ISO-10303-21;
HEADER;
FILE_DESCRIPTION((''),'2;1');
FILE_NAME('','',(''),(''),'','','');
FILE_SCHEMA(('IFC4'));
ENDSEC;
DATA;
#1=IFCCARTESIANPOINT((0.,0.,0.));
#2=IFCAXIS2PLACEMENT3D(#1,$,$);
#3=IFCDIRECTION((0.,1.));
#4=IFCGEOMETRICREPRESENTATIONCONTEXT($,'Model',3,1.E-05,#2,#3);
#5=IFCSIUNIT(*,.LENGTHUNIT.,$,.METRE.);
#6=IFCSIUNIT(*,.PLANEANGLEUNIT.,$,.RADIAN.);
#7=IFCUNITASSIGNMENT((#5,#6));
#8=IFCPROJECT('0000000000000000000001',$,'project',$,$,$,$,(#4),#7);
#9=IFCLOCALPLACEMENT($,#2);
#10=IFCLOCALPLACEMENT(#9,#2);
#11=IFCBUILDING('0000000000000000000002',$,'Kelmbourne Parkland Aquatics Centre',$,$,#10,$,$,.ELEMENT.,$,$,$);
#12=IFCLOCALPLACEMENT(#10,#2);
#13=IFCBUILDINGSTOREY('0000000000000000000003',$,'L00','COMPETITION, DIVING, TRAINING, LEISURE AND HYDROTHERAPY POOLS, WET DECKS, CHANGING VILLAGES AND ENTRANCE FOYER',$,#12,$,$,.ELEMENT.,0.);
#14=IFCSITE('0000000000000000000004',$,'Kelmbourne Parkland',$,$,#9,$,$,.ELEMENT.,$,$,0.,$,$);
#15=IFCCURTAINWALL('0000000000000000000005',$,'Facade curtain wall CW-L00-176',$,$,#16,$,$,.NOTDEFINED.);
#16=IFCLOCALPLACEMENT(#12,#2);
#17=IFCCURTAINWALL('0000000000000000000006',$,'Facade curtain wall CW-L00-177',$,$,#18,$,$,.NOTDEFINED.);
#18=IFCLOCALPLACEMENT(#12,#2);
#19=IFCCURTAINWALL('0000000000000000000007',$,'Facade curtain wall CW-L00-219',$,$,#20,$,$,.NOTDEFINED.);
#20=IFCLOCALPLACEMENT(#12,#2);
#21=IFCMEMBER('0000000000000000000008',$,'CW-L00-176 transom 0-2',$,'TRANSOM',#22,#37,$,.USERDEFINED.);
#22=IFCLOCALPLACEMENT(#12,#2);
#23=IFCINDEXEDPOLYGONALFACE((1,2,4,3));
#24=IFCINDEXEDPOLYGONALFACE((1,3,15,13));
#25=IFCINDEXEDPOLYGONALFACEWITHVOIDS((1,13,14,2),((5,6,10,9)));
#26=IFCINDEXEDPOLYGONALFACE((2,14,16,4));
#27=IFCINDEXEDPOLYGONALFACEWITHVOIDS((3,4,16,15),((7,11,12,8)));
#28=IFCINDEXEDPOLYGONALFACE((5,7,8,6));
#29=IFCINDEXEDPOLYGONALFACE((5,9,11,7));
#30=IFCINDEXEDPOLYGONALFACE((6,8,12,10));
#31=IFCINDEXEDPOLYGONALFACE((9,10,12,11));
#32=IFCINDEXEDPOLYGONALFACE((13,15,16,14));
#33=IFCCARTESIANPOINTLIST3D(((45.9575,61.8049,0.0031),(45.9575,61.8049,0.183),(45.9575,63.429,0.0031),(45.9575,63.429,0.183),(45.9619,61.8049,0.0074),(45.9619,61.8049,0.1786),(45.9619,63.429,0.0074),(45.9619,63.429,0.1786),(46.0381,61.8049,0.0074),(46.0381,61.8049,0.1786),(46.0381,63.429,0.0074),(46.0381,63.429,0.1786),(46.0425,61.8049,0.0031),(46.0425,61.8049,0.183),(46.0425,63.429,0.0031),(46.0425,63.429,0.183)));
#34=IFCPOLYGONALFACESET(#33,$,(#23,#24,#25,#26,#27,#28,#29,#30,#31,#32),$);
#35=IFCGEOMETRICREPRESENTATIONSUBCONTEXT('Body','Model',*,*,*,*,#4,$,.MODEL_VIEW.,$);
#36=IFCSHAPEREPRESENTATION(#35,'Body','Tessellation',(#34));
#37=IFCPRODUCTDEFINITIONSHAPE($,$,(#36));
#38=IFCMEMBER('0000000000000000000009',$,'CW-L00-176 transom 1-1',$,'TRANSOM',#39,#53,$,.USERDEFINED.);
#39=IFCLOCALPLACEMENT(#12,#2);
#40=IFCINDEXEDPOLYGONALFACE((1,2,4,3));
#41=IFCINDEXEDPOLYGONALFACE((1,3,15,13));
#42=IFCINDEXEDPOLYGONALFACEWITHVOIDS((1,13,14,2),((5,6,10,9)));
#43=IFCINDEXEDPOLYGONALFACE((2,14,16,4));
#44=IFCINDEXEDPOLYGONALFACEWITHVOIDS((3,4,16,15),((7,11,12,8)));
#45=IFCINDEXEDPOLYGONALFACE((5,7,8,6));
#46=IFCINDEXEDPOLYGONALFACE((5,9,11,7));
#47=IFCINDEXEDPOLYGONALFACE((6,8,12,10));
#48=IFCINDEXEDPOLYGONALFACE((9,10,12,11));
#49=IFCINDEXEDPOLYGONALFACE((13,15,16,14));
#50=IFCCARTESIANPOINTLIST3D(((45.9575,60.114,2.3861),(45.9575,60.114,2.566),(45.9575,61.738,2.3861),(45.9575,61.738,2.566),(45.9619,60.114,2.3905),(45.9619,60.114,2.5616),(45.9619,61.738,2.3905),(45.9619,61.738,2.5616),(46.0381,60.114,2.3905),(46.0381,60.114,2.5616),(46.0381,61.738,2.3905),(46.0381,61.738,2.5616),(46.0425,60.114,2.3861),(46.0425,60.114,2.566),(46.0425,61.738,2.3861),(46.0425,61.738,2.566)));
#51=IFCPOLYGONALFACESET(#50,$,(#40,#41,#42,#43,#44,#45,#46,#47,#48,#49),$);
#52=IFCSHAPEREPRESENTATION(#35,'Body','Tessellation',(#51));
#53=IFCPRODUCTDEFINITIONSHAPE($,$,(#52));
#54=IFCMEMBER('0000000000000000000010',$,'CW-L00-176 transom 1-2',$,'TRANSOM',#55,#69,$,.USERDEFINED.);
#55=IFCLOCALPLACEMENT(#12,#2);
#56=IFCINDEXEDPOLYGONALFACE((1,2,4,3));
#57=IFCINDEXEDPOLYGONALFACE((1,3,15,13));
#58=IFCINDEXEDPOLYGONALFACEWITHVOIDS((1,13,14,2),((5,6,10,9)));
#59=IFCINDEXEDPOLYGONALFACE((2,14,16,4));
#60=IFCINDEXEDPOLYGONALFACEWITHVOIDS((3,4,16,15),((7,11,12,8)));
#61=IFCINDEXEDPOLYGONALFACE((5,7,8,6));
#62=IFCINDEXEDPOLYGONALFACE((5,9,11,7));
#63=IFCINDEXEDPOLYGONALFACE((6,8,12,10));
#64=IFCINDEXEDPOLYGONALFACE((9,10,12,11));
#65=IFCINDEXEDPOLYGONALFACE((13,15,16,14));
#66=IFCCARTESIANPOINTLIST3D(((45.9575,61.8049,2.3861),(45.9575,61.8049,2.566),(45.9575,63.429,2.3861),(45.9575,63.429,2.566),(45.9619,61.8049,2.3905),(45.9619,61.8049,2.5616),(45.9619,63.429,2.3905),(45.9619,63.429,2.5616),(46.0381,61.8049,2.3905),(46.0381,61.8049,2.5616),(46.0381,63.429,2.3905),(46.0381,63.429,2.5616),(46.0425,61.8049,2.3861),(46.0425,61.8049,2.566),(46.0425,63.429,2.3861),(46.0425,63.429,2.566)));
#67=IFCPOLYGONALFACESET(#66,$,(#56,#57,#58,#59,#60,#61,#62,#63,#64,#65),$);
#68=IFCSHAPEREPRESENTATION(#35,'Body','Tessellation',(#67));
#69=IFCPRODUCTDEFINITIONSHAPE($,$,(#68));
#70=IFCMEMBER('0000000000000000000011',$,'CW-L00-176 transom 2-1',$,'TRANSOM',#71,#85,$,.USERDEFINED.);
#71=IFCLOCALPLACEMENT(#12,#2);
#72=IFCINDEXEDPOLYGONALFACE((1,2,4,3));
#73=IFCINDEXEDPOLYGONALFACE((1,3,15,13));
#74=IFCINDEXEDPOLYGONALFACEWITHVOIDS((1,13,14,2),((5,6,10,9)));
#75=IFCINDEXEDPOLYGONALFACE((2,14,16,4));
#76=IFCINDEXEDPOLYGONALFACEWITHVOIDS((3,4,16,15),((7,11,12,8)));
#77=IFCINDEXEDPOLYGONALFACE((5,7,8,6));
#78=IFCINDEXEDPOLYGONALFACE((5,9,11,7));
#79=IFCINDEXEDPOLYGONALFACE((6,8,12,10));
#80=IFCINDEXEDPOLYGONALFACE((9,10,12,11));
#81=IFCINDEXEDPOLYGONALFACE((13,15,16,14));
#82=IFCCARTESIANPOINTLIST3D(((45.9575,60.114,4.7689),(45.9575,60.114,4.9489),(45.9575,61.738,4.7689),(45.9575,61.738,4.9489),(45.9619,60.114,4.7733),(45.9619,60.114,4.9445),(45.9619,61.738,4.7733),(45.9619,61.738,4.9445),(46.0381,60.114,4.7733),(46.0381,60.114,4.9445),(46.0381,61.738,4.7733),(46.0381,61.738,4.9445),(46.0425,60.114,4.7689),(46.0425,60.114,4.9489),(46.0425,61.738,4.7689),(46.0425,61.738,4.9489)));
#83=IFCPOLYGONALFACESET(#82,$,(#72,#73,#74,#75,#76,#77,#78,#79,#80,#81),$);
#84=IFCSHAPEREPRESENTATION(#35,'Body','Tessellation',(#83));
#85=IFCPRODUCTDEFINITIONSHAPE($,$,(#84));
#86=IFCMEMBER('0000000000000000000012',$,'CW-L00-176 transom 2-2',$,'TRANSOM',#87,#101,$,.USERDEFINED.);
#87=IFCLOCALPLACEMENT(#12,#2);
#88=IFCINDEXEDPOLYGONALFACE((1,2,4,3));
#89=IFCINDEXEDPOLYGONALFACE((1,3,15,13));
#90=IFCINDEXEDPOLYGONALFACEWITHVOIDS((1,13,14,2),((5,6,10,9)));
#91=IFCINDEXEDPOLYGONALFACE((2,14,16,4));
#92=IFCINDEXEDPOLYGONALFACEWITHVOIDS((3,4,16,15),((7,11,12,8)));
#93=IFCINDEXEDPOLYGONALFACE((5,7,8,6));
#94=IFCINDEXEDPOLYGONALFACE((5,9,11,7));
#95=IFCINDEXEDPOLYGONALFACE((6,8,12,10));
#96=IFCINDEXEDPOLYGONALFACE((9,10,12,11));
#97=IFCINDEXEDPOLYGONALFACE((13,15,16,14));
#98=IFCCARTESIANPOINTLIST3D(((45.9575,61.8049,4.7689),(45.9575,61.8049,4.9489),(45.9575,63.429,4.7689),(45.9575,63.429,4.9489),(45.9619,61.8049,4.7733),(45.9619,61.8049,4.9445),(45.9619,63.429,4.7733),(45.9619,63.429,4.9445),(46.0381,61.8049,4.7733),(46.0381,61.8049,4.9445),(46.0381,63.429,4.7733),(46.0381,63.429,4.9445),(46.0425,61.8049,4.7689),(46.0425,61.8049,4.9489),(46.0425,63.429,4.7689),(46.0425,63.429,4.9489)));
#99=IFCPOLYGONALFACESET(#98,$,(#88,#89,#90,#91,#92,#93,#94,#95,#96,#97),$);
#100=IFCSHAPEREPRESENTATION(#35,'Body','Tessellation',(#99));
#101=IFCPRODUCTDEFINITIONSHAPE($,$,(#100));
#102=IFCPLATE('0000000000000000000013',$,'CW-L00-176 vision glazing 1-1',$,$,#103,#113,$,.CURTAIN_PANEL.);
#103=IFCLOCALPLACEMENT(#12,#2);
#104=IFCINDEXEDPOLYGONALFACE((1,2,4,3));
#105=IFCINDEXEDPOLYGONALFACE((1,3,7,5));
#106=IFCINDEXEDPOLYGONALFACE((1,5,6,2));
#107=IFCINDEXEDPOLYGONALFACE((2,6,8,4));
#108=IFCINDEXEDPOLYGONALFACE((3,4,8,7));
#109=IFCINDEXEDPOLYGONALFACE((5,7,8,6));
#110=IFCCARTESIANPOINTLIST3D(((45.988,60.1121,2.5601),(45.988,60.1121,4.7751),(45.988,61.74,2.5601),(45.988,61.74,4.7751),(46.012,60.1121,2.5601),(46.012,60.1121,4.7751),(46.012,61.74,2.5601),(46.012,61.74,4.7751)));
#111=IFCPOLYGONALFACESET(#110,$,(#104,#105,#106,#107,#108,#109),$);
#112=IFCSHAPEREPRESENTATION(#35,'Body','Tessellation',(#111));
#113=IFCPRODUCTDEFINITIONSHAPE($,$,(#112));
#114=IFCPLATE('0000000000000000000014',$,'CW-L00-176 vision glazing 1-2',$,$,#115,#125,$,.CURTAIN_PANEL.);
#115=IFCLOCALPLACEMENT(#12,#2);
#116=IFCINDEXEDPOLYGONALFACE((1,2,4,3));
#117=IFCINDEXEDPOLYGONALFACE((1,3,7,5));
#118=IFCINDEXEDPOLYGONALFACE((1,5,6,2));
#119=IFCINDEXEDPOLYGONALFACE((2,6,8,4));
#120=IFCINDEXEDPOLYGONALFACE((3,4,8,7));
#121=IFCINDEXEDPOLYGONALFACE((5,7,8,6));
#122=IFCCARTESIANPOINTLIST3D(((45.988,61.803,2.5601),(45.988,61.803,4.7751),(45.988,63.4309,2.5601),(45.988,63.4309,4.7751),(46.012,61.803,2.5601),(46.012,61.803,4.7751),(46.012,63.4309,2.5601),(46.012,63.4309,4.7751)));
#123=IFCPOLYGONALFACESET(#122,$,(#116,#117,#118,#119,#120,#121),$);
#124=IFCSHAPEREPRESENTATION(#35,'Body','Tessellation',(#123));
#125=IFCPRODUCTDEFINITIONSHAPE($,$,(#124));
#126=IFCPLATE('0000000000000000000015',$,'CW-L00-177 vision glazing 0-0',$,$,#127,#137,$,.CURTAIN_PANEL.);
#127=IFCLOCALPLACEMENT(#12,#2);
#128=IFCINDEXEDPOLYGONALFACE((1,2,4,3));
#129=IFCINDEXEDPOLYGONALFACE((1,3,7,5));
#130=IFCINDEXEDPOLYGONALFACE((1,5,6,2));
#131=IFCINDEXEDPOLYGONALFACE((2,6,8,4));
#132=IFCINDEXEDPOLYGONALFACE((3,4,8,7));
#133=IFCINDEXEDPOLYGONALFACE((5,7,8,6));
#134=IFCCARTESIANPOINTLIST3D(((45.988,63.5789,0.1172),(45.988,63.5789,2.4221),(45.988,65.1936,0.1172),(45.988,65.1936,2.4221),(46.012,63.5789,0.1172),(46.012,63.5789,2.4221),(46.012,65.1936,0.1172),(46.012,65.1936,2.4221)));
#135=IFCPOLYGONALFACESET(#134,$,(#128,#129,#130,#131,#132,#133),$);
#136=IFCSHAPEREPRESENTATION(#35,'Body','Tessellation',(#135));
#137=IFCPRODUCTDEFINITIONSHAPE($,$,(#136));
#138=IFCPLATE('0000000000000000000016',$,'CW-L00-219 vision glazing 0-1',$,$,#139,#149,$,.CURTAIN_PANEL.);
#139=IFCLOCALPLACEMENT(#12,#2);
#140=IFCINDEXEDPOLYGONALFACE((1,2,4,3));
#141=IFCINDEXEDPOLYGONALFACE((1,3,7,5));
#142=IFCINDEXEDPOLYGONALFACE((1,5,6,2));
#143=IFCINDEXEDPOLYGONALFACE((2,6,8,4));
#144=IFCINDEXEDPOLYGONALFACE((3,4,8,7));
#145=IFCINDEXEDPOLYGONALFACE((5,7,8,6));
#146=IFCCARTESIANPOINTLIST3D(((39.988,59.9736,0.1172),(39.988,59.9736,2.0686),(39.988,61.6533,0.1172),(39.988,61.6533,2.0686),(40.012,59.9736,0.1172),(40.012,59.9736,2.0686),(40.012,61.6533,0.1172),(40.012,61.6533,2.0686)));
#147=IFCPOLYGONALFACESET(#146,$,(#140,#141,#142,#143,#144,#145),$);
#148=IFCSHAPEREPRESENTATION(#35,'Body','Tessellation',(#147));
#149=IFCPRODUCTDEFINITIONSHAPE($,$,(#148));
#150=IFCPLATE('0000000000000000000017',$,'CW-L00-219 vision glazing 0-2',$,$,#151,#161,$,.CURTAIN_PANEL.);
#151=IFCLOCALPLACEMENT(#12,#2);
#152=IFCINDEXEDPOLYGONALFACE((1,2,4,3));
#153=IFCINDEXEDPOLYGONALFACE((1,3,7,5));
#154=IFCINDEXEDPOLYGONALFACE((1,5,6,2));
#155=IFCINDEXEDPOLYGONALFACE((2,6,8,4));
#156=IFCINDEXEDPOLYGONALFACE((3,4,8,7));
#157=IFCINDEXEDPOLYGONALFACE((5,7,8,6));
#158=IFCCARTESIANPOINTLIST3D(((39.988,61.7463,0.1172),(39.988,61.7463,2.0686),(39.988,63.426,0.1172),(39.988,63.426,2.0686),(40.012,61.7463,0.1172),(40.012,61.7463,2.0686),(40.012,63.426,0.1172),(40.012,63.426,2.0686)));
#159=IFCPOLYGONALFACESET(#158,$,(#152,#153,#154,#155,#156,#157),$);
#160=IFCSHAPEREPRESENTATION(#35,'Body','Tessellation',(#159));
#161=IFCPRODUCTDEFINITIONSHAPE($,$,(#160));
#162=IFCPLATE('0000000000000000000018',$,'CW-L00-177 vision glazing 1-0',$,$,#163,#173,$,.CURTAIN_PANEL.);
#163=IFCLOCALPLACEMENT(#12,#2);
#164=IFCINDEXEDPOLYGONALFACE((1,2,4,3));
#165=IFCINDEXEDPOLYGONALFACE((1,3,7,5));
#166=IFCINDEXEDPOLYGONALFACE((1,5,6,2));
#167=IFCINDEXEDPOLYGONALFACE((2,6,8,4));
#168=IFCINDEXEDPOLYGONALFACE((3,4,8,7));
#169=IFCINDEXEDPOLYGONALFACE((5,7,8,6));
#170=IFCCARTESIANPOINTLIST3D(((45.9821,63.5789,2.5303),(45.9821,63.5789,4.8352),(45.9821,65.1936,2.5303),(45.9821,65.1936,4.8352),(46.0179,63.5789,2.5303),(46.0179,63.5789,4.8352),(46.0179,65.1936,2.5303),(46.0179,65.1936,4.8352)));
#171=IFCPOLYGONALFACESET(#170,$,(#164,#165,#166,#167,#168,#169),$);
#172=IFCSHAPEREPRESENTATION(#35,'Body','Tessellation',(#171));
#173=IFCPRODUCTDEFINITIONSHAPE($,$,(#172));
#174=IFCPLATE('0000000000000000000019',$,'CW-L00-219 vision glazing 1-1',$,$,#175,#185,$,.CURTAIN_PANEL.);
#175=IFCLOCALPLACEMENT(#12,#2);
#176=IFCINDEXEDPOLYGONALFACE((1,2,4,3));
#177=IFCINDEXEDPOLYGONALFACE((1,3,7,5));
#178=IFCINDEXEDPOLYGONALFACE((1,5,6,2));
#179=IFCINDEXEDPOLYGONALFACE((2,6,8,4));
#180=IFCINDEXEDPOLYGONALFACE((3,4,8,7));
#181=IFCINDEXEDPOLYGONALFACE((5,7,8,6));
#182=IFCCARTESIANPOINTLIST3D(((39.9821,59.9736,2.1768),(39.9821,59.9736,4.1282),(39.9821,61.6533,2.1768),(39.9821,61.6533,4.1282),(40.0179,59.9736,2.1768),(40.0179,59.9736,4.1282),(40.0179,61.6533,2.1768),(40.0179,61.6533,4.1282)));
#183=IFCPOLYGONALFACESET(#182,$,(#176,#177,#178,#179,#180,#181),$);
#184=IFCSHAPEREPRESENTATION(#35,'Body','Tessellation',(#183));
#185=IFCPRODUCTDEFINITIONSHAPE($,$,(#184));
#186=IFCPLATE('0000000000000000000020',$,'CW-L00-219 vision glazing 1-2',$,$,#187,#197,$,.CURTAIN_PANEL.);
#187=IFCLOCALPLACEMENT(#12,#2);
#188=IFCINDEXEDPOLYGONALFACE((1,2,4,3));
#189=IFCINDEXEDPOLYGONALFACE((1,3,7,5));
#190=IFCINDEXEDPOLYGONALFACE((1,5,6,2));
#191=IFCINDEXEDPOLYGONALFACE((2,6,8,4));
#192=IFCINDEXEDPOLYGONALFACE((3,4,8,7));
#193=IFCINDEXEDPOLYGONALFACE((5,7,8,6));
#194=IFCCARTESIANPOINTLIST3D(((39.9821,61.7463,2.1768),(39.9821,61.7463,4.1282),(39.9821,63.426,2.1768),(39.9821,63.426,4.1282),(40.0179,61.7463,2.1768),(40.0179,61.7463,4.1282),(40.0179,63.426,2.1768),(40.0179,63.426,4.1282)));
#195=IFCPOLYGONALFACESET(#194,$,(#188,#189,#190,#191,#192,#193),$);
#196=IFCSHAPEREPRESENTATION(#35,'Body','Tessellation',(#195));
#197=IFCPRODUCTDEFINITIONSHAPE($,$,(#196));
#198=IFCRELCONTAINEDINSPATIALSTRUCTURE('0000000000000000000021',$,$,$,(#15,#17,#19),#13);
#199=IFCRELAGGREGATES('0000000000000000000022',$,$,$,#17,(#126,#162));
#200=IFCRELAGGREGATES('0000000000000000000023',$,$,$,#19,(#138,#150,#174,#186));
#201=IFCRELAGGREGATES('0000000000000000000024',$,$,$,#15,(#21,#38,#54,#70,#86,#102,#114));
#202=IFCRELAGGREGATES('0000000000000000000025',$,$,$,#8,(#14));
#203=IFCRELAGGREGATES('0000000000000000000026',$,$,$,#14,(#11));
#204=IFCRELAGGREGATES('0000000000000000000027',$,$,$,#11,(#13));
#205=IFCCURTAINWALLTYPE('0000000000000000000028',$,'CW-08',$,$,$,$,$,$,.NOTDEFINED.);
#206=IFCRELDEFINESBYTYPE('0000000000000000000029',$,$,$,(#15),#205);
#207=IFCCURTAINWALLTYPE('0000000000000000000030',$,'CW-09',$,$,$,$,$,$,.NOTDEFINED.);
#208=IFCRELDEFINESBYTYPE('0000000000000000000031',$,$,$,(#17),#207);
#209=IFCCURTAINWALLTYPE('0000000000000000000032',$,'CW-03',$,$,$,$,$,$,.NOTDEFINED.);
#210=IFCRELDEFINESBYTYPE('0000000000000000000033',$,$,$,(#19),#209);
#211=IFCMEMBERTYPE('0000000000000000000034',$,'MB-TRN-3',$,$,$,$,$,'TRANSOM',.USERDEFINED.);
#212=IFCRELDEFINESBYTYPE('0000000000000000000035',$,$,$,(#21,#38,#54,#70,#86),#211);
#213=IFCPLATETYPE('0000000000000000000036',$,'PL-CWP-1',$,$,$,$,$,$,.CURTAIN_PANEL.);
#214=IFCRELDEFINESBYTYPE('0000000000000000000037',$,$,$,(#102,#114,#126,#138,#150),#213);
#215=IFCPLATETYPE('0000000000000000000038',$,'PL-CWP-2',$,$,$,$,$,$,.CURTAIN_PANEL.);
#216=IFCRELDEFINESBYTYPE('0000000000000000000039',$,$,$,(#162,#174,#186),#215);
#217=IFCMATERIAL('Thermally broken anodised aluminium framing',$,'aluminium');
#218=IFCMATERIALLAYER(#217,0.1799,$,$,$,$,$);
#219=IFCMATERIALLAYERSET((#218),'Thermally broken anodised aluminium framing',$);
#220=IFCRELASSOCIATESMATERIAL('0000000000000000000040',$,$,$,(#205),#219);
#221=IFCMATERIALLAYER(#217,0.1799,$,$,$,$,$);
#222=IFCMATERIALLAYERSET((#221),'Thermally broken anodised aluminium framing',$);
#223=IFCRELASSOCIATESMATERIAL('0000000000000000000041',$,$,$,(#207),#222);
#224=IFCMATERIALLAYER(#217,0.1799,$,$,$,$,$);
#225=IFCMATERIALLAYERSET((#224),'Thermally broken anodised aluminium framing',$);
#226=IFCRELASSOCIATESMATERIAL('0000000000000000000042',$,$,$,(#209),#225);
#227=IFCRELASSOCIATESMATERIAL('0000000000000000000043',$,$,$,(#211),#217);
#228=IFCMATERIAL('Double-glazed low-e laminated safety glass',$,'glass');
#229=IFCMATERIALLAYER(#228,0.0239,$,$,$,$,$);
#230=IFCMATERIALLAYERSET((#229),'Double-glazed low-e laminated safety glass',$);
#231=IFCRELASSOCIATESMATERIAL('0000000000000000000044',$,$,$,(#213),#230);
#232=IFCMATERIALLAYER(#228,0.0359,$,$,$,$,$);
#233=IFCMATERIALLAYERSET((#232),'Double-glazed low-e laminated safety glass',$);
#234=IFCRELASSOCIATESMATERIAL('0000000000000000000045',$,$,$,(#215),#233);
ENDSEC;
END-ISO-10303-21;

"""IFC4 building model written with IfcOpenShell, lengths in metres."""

from ifc_helpers import new_model, si_unit, direction, frame, origin, origin_2d, place, context, subcontext, project, spatial, rectangle, hollow_rectangle, extrude, material, layer, layer_set, material_profile, profile_set, type_object, element, aggregate, save


model = new_model("IFC4")

# Units and contexts
model_context = context("Model", 3, precision=1e-05, world=origin(), true_north=direction((0.0, 1.0)))
body_context = subcontext(model_context, "Body", "Model", "MODEL_VIEW")
ifc_project = project(units=[si_unit("LENGTHUNIT", "METRE"), si_unit("PLANEANGLEUNIT", "RADIAN")], contexts=[model_context])

# Site, building, storey
site_placement = place(None, origin())
site = spatial("IfcSite", under=ifc_project, at=site_placement, Name="Kelmbourne Parkland", CompositionType="ELEMENT", RefElevation=0.0)
building_placement = place(site_placement, origin())
building = spatial("IfcBuilding", under=site, at=building_placement, Name="Kelmbourne Parkland Aquatics Centre", CompositionType="ELEMENT")
storey_placement = place(building_placement, origin())
storey = spatial("IfcBuildingStorey", under=building, at=storey_placement, Name="L00", Description="COMPETITION, DIVING, TRAINING, LEISURE AND HYDROTHERAPY POOLS, WET DECKS, CHANGING VILLAGES AND ENTRANCE FOYER", CompositionType="ELEMENT", Elevation=0.0)

# Shared definitions
ifc_material_1 = material(Name="Thermally broken anodised aluminium framing", Category="aluminium")

# Curtain walls
ifc_layer_1 = layer(ifc_material_1, 0.1799)
ifc_layer_set_1 = layer_set([ifc_layer_1], Name="Thermally broken anodised aluminium framing")
curtain_wall_type_1 = type_object("IfcCurtainWallType", Name="CW-08", PredefinedType="NOTDEFINED", material=ifc_layer_set_1)
curtain_wall_1_placement = place(storey_placement, origin())
curtain_wall_1 = element("IfcCurtainWall", 1, at=curtain_wall_1_placement, inside=storey, type_object=curtain_wall_type_1, Name="Facade curtain wall CW-L00-176", PredefinedType="NOTDEFINED")
ifc_layer_2 = layer(ifc_material_1, 0.1799)
ifc_layer_set_2 = layer_set([ifc_layer_2], Name="Thermally broken anodised aluminium framing")
curtain_wall_type_2 = type_object("IfcCurtainWallType", Name="CW-09", PredefinedType="NOTDEFINED", material=ifc_layer_set_2)
curtain_wall_2_placement = place(storey_placement, origin())
curtain_wall_2 = element("IfcCurtainWall", 2, at=curtain_wall_2_placement, inside=storey, type_object=curtain_wall_type_2, Name="Facade curtain wall CW-L00-177", PredefinedType="NOTDEFINED")
ifc_layer_3 = layer(ifc_material_1, 0.1799)
ifc_layer_set_3 = layer_set([ifc_layer_3], Name="Thermally broken anodised aluminium framing")
curtain_wall_type_3 = type_object("IfcCurtainWallType", Name="CW-03", PredefinedType="NOTDEFINED", material=ifc_layer_set_3)
curtain_wall_3_placement = place(storey_placement, origin())
curtain_wall_3 = element("IfcCurtainWall", 3, at=curtain_wall_3_placement, inside=storey, type_object=curtain_wall_type_3, Name="Facade curtain wall CW-L00-219", PredefinedType="NOTDEFINED")

# Members
ifc_material_profile_1 = material_profile(ifc_material_1, hollow_rectangle(XDim=0.085, YDim=0.1799, WallThickness=0.0044, at=origin_2d()), Name="CW-T 85x180")
ifc_profile_set_1 = profile_set([ifc_material_profile_1], Name="Thermally broken anodised aluminium framing")
member_type_1 = type_object("IfcMemberType", Name="MB-TRN-3", ElementType="TRANSOM", PredefinedType="USERDEFINED", material=ifc_profile_set_1)
member_1_placement = place(storey_placement, frame((46.0, 61.8049, 0.093), z_axis=(0.0, 1.0, 0.0), x_axis=(-1.0, 0.0, 0.0)))
member_1 = element("IfcMember", 4, at=member_1_placement, type_object=member_type_1, Name="CW-L00-176 transom 0-2", ObjectType="TRANSOM", PredefinedType="USERDEFINED", context=body_context, shape_type="SweptSolid", body=[
    extrude(hollow_rectangle(XDim=0.085, YDim=0.1799, WallThickness=0.0044, at=origin_2d()), origin(), (0.0, 0.0, 1.0), 1.624),
])
member_2_placement = place(storey_placement, frame((46.0, 60.114, 2.4761), z_axis=(0.0, 1.0, 0.0), x_axis=(-1.0, 0.0, 0.0)))
member_2 = element("IfcMember", 5, at=member_2_placement, type_object=member_type_1, Name="CW-L00-176 transom 1-1", ObjectType="TRANSOM", PredefinedType="USERDEFINED", context=body_context, shape_type="SweptSolid", body=[
    extrude(hollow_rectangle(XDim=0.085, YDim=0.1799, WallThickness=0.0044, at=origin_2d()), origin(), (0.0, 0.0, 1.0), 1.624),
])
member_3_placement = place(storey_placement, frame((46.0, 61.8049, 2.4761), z_axis=(0.0, 1.0, 0.0), x_axis=(-1.0, 0.0, 0.0)))
member_3 = element("IfcMember", 6, at=member_3_placement, type_object=member_type_1, Name="CW-L00-176 transom 1-2", ObjectType="TRANSOM", PredefinedType="USERDEFINED", context=body_context, shape_type="SweptSolid", body=[
    extrude(hollow_rectangle(XDim=0.085, YDim=0.1799, WallThickness=0.0044, at=origin_2d()), origin(), (0.0, 0.0, 1.0), 1.624),
])
member_4_placement = place(storey_placement, frame((46.0, 60.114, 4.8589), z_axis=(0.0, 1.0, 0.0), x_axis=(-1.0, 0.0, 0.0)))
member_4 = element("IfcMember", 7, at=member_4_placement, type_object=member_type_1, Name="CW-L00-176 transom 2-1", ObjectType="TRANSOM", PredefinedType="USERDEFINED", context=body_context, shape_type="SweptSolid", body=[
    extrude(hollow_rectangle(XDim=0.085, YDim=0.1799, WallThickness=0.0044, at=origin_2d()), origin(), (0.0, 0.0, 1.0), 1.624),
])
member_5_placement = place(storey_placement, frame((46.0, 61.8049, 4.8589), z_axis=(0.0, 1.0, 0.0), x_axis=(-1.0, 0.0, 0.0)))
member_5 = element("IfcMember", 8, at=member_5_placement, type_object=member_type_1, Name="CW-L00-176 transom 2-2", ObjectType="TRANSOM", PredefinedType="USERDEFINED", context=body_context, shape_type="SweptSolid", body=[
    extrude(hollow_rectangle(XDim=0.085, YDim=0.1799, WallThickness=0.0044, at=origin_2d()), origin(), (0.0, 0.0, 1.0), 1.624),
])

# Plates
ifc_material_2 = material(Name="Double-glazed low-e laminated safety glass", Category="glass")
ifc_layer_4 = layer(ifc_material_2, 0.0239)
ifc_layer_set_4 = layer_set([ifc_layer_4], Name="Double-glazed low-e laminated safety glass")
plate_type_1 = type_object("IfcPlateType", Name="PL-CWP-1", PredefinedType="CURTAIN_PANEL", material=ifc_layer_set_4)
plate_1_placement = place(storey_placement, frame((46.0, 60.926, 2.5601), z_axis=(0.0, 0.0, 1.0), x_axis=(0.0, 1.0, 0.0)))
plate_1 = element("IfcPlate", 9, at=plate_1_placement, type_object=plate_type_1, Name="CW-L00-176 vision glazing 1-1", PredefinedType="CURTAIN_PANEL", context=body_context, shape_type="SweptSolid", body=[
    extrude(rectangle(XDim=1.6279, YDim=0.0239, at=origin_2d()), origin(), (0.0, 0.0, 1.0), 2.2151),
])
plate_2_placement = place(storey_placement, frame((46.0, 62.6169, 2.5601), z_axis=(0.0, 0.0, 1.0), x_axis=(0.0, 1.0, 0.0)))
plate_2 = element("IfcPlate", 10, at=plate_2_placement, type_object=plate_type_1, Name="CW-L00-176 vision glazing 1-2", PredefinedType="CURTAIN_PANEL", context=body_context, shape_type="SweptSolid", body=[
    extrude(rectangle(XDim=1.6279, YDim=0.0239, at=origin_2d()), origin(), (0.0, 0.0, 1.0), 2.2151),
])
plate_3_placement = place(storey_placement, frame((46.0, 64.3862, 0.1172), z_axis=(0.0, 0.0, 1.0), x_axis=(0.0, 1.0, 0.0)))
plate_3 = element("IfcPlate", 11, at=plate_3_placement, type_object=plate_type_1, Name="CW-L00-177 vision glazing 0-0", PredefinedType="CURTAIN_PANEL", context=body_context, shape_type="SweptSolid", body=[
    extrude(rectangle(XDim=1.6147, YDim=0.0239, at=origin_2d()), origin(), (0.0, 0.0, 1.0), 2.3049),
])
plate_4_placement = place(storey_placement, frame((40.0, 60.8135, 0.1172), z_axis=(0.0, 0.0, 1.0), x_axis=(0.0, 1.0, 0.0)))
plate_4 = element("IfcPlate", 12, at=plate_4_placement, type_object=plate_type_1, Name="CW-L00-219 vision glazing 0-1", PredefinedType="CURTAIN_PANEL", context=body_context, shape_type="SweptSolid", body=[
    extrude(rectangle(XDim=1.6797, YDim=0.0239, at=origin_2d()), origin(), (0.0, 0.0, 1.0), 1.9514),
])
plate_5_placement = place(storey_placement, frame((40.0, 62.5862, 0.1172), z_axis=(0.0, 0.0, 1.0), x_axis=(0.0, 1.0, 0.0)))
plate_5 = element("IfcPlate", 13, at=plate_5_placement, type_object=plate_type_1, Name="CW-L00-219 vision glazing 0-2", PredefinedType="CURTAIN_PANEL", context=body_context, shape_type="SweptSolid", body=[
    extrude(rectangle(XDim=1.6797, YDim=0.0239, at=origin_2d()), origin(), (0.0, 0.0, 1.0), 1.9514),
])
ifc_layer_5 = layer(ifc_material_2, 0.0359)
ifc_layer_set_5 = layer_set([ifc_layer_5], Name="Double-glazed low-e laminated safety glass")
plate_type_2 = type_object("IfcPlateType", Name="PL-CWP-2", PredefinedType="CURTAIN_PANEL", material=ifc_layer_set_5)
plate_6_placement = place(storey_placement, frame((46.0, 64.3862, 2.5303), z_axis=(0.0, 0.0, 1.0), x_axis=(0.0, 1.0, 0.0)))
plate_6 = element("IfcPlate", 14, at=plate_6_placement, type_object=plate_type_2, Name="CW-L00-177 vision glazing 1-0", PredefinedType="CURTAIN_PANEL", context=body_context, shape_type="SweptSolid", body=[
    extrude(rectangle(XDim=1.6147, YDim=0.0359, at=origin_2d()), origin(), (0.0, 0.0, 1.0), 2.3049),
])
aggregate(curtain_wall_2, [plate_3, plate_6])
plate_7_placement = place(storey_placement, frame((40.0, 60.8135, 2.1768), z_axis=(0.0, 0.0, 1.0), x_axis=(0.0, 1.0, 0.0)))
plate_7 = element("IfcPlate", 15, at=plate_7_placement, type_object=plate_type_2, Name="CW-L00-219 vision glazing 1-1", PredefinedType="CURTAIN_PANEL", context=body_context, shape_type="SweptSolid", body=[
    extrude(rectangle(XDim=1.6797, YDim=0.0359, at=origin_2d()), origin(), (0.0, 0.0, 1.0), 1.9514),
])
plate_8_placement = place(storey_placement, frame((40.0, 62.5862, 2.1768), z_axis=(0.0, 0.0, 1.0), x_axis=(0.0, 1.0, 0.0)))
plate_8 = element("IfcPlate", 16, at=plate_8_placement, type_object=plate_type_2, Name="CW-L00-219 vision glazing 1-2", PredefinedType="CURTAIN_PANEL", context=body_context, shape_type="SweptSolid", body=[
    extrude(rectangle(XDim=1.6797, YDim=0.0359, at=origin_2d()), origin(), (0.0, 0.0, 1.0), 1.9514),
])
aggregate(curtain_wall_3, [plate_4, plate_5, plate_7, plate_8])
aggregate(curtain_wall_1, [member_1, member_2, member_3, member_4, member_5, plate_1, plate_2])

save(model, "model.ifc")
